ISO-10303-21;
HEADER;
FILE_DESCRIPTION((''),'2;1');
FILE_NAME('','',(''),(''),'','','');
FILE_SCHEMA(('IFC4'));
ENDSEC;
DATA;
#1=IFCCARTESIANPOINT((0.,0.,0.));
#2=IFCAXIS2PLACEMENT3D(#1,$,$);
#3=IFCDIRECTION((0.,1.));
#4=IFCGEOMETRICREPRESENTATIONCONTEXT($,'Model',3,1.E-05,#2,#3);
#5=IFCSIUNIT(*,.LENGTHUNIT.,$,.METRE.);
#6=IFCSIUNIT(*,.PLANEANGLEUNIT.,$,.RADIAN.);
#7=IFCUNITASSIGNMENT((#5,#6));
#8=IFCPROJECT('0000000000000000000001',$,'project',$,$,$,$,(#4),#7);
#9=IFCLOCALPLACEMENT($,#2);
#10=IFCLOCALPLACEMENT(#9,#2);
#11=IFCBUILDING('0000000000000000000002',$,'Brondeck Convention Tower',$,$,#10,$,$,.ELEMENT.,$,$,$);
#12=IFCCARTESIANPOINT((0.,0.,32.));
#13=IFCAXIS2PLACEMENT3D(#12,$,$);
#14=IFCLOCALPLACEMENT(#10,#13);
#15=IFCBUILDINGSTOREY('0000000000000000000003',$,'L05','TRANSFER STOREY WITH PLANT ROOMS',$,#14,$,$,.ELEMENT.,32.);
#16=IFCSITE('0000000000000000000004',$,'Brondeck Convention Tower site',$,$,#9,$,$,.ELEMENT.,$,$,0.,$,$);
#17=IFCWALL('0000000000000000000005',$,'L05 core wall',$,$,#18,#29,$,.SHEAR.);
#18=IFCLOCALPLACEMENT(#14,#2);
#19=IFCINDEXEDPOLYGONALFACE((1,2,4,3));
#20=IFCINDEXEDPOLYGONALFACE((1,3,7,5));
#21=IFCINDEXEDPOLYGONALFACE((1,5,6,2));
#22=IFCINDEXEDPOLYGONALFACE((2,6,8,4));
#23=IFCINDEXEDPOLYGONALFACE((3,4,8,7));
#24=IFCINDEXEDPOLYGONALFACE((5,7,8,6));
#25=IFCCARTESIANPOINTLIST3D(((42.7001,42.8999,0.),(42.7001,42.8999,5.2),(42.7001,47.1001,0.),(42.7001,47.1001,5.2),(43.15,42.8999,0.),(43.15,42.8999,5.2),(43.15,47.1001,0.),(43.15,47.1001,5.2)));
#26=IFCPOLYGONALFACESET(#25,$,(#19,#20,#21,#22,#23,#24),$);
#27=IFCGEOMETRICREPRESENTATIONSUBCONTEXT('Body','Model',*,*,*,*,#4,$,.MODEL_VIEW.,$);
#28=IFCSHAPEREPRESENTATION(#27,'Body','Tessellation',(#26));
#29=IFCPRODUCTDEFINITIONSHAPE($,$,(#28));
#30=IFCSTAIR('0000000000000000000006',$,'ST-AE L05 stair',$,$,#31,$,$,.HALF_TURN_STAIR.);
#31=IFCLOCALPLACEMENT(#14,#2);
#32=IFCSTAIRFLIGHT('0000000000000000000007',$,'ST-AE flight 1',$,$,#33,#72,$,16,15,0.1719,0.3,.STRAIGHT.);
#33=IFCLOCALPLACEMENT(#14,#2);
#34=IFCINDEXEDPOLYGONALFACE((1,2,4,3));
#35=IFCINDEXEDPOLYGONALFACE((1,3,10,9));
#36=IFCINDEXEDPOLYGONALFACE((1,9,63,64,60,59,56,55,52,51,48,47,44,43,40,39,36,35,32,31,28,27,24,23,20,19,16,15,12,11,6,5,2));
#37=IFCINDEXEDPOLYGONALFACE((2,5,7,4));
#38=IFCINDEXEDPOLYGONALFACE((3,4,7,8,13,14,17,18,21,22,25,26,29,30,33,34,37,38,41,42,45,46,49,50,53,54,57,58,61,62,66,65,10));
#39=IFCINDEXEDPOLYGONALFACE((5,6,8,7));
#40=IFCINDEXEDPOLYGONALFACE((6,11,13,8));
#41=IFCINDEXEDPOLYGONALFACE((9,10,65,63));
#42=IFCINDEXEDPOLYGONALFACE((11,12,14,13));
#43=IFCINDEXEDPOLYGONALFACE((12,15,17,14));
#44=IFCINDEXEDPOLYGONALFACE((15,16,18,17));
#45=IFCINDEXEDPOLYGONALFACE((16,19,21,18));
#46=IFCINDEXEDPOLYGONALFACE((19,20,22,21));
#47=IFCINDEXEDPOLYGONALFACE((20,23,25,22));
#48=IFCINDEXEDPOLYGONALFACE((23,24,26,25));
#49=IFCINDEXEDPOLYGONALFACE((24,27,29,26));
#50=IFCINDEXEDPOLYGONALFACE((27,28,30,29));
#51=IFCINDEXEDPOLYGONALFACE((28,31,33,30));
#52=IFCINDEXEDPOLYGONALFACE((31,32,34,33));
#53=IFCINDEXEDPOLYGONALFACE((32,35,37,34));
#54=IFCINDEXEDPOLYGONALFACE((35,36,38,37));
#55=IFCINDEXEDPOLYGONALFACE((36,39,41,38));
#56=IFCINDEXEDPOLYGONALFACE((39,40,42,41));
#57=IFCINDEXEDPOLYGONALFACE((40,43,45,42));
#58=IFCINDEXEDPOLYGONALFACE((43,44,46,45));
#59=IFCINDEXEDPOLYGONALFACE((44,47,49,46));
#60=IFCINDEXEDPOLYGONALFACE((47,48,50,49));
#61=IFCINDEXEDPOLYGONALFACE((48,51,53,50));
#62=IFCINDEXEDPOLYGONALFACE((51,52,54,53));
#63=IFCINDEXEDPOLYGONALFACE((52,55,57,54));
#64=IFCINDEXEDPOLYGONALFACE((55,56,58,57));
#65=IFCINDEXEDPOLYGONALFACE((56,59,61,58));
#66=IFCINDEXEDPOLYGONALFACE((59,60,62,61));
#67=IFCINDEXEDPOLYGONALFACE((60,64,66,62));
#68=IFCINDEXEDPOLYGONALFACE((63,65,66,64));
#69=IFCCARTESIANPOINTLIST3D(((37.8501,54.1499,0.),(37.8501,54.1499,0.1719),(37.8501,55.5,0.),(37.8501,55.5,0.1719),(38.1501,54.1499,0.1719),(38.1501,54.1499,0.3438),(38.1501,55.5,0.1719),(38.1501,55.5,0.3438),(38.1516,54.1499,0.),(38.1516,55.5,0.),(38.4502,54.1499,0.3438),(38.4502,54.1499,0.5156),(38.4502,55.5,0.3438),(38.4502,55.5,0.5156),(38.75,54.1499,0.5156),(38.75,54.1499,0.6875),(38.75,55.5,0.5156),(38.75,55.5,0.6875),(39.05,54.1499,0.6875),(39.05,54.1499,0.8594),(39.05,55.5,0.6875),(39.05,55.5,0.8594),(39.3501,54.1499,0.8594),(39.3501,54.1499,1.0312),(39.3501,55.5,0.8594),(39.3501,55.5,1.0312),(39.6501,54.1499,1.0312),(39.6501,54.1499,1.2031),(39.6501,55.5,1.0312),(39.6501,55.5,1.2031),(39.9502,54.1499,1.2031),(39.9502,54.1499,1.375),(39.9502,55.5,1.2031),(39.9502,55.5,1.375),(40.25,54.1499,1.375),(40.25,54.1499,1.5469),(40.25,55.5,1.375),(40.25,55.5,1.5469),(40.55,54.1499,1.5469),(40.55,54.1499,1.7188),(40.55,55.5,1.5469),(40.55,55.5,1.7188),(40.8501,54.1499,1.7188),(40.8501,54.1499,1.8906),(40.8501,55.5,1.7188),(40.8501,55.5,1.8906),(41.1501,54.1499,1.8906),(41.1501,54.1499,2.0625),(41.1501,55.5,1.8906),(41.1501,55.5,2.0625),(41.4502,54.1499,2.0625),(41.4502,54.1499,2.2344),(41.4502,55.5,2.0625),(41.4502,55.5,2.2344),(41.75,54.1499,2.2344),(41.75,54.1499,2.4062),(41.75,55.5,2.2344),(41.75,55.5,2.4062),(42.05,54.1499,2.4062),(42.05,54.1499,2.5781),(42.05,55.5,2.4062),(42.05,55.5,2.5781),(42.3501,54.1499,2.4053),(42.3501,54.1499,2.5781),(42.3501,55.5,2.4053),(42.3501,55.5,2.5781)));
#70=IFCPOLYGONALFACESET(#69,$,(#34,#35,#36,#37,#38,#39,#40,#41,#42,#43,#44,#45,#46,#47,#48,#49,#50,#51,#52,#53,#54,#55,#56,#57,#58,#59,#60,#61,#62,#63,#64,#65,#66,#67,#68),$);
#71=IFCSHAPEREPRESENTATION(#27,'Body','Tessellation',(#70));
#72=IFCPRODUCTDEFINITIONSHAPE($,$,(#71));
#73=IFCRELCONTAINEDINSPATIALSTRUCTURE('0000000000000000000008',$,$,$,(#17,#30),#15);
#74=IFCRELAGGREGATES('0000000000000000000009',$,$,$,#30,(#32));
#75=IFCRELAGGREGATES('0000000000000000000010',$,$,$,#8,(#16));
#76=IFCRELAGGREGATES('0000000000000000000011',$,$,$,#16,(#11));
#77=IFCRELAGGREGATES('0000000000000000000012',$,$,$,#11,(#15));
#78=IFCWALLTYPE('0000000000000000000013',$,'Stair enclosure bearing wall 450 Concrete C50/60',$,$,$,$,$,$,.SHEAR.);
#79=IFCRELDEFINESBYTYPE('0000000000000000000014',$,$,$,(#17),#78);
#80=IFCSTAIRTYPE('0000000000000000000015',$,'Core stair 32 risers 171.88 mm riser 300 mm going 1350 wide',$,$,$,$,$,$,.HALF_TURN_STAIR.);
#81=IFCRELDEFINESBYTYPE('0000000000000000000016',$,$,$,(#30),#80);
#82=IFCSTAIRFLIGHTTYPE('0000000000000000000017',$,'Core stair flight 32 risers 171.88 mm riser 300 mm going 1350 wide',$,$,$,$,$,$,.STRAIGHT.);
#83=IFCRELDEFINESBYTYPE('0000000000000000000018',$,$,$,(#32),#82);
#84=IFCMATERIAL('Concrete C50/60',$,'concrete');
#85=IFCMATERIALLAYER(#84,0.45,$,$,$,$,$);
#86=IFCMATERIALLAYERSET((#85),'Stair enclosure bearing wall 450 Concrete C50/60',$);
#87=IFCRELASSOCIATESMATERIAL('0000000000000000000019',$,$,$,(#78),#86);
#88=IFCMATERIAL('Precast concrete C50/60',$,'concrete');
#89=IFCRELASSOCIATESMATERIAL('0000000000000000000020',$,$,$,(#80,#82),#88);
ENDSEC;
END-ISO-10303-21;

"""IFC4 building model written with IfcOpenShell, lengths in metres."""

from ifc_helpers import new_model, si_unit, direction, frame, frame_2d, origin, place, context, subcontext, project, spatial, polyline, rectangle, outline, extrude, material, layer, layer_set, type_object, element, aggregate, save


model = new_model("IFC4")

# Units and contexts
model_context = context("Model", 3, precision=1e-05, world=origin(), true_north=direction((0.0, 1.0)))
body_context = subcontext(model_context, "Body", "Model", "MODEL_VIEW")
ifc_project = project(units=[si_unit("LENGTHUNIT", "METRE"), si_unit("PLANEANGLEUNIT", "RADIAN")], contexts=[model_context])

# Site, building, storey
site_placement = place(None, origin())
site = spatial("IfcSite", under=ifc_project, at=site_placement, Name="Brondeck Convention Tower site", CompositionType="ELEMENT", RefElevation=0.0)
building_placement = place(site_placement, origin())
building = spatial("IfcBuilding", under=site, at=building_placement, Name="Brondeck Convention Tower", CompositionType="ELEMENT")
storey_placement = place(building_placement, frame((0.0, 0.0, 32.0)))
storey = spatial("IfcBuildingStorey", under=building, at=storey_placement, Name="L05", Description="TRANSFER STOREY WITH PLANT ROOMS", CompositionType="ELEMENT", Elevation=32.0)

# Shared definitions
ifc_material_1 = material(Name="Concrete C50/60", Category="concrete")
ifc_layer_1 = layer(ifc_material_1, 0.45)
ifc_layer_set_1 = layer_set([ifc_layer_1], Name="Stair enclosure bearing wall 450 Concrete C50/60")
wall_type_1 = type_object("IfcWallType", Name="Stair enclosure bearing wall 450 Concrete C50/60", PredefinedType="SHEAR", material=ifc_layer_set_1)

# Wall
wall_1_placement = place(storey_placement, frame((42.925, 42.8999, 0.0), z_axis=(0.0, 0.0, 1.0), x_axis=(0.0, 1.0, 0.0)))
element("IfcWall", 1, at=wall_1_placement, inside=storey, type_object=wall_type_1, Name="L05 core wall", PredefinedType="SHEAR", context=body_context, shape_type="SweptSolid", body=[
    extrude(rectangle(XDim=4.2002, YDim=0.45, at=frame_2d((2.1001, 0.0))), origin(), (0.0, 0.0, 1.0), 5.2),
])

# Stair, stair flight
ifc_material_2 = material(Name="Precast concrete C50/60", Category="concrete")
stair_type = type_object("IfcStairType", Name="Core stair 32 risers 171.88 mm riser 300 mm going 1350 wide", PredefinedType="HALF_TURN_STAIR", material=ifc_material_2)
stair_placement = place(storey_placement, origin())
stair = element("IfcStair", 2, at=stair_placement, inside=storey, type_object=stair_type, Name="ST-AE L05 stair", PredefinedType="HALF_TURN_STAIR")
stair_flight_type = type_object("IfcStairFlightType", Name="Core stair flight 32 risers 171.88 mm riser 300 mm going 1350 wide", PredefinedType="STRAIGHT", material=ifc_material_2)
stair_flight_placement = place(storey_placement, frame((37.8501, 54.825, 0.0), z_axis=(0.0, 0.0, 1.0), x_axis=(1.0, 0.0, 0.0)))
stair_flight = element("IfcStairFlight", 3, at=stair_flight_placement, type_object=stair_flight_type, Name="ST-AE flight 1", NumberOfRisers=16, NumberOfTreads=15, PredefinedType="STRAIGHT", RiserHeight=0.1719, TreadLength=0.3, context=body_context, shape_type="SweptSolid", body=[
    extrude(outline(polyline([(0.0, 0.0), (0.0, 0.1719), (0.3, 0.1719), (0.3, 0.3438), (0.6001, 0.3438), (0.6001, 0.5156), (0.8999, 0.5156), (0.8999, 0.6875), (1.2, 0.6875), (1.2, 0.8594), (1.5, 0.8594), (1.5, 1.0312), (1.8, 1.0312), (1.8, 1.2031), (2.1001, 1.2031), (2.1001, 1.375), (2.3999, 1.375), (2.3999, 1.5469), (2.7, 1.5469), (2.7, 1.7188), (3.0, 1.7188), (3.0, 1.8906), (3.3, 1.8906), (3.3, 2.0625), (3.6001, 2.0625), (3.6001, 2.2344), (3.8999, 2.2344), (3.8999, 2.4062), (4.2, 2.4062), (4.2, 2.5781), (4.5, 2.5781), (4.5, 2.75), (4.5, 2.4053), (0.3015, 0.0), (0.0, 0.0)])), frame((0.0, 0.675, 0.0), z_axis=(0.0, -1.0, 0.0), x_axis=(1.0, 0.0, 0.0)), (0.0, 0.0, 1.0), 1.3501),
])
aggregate(stair, [stair_flight])

save(model, "model.ifc")
